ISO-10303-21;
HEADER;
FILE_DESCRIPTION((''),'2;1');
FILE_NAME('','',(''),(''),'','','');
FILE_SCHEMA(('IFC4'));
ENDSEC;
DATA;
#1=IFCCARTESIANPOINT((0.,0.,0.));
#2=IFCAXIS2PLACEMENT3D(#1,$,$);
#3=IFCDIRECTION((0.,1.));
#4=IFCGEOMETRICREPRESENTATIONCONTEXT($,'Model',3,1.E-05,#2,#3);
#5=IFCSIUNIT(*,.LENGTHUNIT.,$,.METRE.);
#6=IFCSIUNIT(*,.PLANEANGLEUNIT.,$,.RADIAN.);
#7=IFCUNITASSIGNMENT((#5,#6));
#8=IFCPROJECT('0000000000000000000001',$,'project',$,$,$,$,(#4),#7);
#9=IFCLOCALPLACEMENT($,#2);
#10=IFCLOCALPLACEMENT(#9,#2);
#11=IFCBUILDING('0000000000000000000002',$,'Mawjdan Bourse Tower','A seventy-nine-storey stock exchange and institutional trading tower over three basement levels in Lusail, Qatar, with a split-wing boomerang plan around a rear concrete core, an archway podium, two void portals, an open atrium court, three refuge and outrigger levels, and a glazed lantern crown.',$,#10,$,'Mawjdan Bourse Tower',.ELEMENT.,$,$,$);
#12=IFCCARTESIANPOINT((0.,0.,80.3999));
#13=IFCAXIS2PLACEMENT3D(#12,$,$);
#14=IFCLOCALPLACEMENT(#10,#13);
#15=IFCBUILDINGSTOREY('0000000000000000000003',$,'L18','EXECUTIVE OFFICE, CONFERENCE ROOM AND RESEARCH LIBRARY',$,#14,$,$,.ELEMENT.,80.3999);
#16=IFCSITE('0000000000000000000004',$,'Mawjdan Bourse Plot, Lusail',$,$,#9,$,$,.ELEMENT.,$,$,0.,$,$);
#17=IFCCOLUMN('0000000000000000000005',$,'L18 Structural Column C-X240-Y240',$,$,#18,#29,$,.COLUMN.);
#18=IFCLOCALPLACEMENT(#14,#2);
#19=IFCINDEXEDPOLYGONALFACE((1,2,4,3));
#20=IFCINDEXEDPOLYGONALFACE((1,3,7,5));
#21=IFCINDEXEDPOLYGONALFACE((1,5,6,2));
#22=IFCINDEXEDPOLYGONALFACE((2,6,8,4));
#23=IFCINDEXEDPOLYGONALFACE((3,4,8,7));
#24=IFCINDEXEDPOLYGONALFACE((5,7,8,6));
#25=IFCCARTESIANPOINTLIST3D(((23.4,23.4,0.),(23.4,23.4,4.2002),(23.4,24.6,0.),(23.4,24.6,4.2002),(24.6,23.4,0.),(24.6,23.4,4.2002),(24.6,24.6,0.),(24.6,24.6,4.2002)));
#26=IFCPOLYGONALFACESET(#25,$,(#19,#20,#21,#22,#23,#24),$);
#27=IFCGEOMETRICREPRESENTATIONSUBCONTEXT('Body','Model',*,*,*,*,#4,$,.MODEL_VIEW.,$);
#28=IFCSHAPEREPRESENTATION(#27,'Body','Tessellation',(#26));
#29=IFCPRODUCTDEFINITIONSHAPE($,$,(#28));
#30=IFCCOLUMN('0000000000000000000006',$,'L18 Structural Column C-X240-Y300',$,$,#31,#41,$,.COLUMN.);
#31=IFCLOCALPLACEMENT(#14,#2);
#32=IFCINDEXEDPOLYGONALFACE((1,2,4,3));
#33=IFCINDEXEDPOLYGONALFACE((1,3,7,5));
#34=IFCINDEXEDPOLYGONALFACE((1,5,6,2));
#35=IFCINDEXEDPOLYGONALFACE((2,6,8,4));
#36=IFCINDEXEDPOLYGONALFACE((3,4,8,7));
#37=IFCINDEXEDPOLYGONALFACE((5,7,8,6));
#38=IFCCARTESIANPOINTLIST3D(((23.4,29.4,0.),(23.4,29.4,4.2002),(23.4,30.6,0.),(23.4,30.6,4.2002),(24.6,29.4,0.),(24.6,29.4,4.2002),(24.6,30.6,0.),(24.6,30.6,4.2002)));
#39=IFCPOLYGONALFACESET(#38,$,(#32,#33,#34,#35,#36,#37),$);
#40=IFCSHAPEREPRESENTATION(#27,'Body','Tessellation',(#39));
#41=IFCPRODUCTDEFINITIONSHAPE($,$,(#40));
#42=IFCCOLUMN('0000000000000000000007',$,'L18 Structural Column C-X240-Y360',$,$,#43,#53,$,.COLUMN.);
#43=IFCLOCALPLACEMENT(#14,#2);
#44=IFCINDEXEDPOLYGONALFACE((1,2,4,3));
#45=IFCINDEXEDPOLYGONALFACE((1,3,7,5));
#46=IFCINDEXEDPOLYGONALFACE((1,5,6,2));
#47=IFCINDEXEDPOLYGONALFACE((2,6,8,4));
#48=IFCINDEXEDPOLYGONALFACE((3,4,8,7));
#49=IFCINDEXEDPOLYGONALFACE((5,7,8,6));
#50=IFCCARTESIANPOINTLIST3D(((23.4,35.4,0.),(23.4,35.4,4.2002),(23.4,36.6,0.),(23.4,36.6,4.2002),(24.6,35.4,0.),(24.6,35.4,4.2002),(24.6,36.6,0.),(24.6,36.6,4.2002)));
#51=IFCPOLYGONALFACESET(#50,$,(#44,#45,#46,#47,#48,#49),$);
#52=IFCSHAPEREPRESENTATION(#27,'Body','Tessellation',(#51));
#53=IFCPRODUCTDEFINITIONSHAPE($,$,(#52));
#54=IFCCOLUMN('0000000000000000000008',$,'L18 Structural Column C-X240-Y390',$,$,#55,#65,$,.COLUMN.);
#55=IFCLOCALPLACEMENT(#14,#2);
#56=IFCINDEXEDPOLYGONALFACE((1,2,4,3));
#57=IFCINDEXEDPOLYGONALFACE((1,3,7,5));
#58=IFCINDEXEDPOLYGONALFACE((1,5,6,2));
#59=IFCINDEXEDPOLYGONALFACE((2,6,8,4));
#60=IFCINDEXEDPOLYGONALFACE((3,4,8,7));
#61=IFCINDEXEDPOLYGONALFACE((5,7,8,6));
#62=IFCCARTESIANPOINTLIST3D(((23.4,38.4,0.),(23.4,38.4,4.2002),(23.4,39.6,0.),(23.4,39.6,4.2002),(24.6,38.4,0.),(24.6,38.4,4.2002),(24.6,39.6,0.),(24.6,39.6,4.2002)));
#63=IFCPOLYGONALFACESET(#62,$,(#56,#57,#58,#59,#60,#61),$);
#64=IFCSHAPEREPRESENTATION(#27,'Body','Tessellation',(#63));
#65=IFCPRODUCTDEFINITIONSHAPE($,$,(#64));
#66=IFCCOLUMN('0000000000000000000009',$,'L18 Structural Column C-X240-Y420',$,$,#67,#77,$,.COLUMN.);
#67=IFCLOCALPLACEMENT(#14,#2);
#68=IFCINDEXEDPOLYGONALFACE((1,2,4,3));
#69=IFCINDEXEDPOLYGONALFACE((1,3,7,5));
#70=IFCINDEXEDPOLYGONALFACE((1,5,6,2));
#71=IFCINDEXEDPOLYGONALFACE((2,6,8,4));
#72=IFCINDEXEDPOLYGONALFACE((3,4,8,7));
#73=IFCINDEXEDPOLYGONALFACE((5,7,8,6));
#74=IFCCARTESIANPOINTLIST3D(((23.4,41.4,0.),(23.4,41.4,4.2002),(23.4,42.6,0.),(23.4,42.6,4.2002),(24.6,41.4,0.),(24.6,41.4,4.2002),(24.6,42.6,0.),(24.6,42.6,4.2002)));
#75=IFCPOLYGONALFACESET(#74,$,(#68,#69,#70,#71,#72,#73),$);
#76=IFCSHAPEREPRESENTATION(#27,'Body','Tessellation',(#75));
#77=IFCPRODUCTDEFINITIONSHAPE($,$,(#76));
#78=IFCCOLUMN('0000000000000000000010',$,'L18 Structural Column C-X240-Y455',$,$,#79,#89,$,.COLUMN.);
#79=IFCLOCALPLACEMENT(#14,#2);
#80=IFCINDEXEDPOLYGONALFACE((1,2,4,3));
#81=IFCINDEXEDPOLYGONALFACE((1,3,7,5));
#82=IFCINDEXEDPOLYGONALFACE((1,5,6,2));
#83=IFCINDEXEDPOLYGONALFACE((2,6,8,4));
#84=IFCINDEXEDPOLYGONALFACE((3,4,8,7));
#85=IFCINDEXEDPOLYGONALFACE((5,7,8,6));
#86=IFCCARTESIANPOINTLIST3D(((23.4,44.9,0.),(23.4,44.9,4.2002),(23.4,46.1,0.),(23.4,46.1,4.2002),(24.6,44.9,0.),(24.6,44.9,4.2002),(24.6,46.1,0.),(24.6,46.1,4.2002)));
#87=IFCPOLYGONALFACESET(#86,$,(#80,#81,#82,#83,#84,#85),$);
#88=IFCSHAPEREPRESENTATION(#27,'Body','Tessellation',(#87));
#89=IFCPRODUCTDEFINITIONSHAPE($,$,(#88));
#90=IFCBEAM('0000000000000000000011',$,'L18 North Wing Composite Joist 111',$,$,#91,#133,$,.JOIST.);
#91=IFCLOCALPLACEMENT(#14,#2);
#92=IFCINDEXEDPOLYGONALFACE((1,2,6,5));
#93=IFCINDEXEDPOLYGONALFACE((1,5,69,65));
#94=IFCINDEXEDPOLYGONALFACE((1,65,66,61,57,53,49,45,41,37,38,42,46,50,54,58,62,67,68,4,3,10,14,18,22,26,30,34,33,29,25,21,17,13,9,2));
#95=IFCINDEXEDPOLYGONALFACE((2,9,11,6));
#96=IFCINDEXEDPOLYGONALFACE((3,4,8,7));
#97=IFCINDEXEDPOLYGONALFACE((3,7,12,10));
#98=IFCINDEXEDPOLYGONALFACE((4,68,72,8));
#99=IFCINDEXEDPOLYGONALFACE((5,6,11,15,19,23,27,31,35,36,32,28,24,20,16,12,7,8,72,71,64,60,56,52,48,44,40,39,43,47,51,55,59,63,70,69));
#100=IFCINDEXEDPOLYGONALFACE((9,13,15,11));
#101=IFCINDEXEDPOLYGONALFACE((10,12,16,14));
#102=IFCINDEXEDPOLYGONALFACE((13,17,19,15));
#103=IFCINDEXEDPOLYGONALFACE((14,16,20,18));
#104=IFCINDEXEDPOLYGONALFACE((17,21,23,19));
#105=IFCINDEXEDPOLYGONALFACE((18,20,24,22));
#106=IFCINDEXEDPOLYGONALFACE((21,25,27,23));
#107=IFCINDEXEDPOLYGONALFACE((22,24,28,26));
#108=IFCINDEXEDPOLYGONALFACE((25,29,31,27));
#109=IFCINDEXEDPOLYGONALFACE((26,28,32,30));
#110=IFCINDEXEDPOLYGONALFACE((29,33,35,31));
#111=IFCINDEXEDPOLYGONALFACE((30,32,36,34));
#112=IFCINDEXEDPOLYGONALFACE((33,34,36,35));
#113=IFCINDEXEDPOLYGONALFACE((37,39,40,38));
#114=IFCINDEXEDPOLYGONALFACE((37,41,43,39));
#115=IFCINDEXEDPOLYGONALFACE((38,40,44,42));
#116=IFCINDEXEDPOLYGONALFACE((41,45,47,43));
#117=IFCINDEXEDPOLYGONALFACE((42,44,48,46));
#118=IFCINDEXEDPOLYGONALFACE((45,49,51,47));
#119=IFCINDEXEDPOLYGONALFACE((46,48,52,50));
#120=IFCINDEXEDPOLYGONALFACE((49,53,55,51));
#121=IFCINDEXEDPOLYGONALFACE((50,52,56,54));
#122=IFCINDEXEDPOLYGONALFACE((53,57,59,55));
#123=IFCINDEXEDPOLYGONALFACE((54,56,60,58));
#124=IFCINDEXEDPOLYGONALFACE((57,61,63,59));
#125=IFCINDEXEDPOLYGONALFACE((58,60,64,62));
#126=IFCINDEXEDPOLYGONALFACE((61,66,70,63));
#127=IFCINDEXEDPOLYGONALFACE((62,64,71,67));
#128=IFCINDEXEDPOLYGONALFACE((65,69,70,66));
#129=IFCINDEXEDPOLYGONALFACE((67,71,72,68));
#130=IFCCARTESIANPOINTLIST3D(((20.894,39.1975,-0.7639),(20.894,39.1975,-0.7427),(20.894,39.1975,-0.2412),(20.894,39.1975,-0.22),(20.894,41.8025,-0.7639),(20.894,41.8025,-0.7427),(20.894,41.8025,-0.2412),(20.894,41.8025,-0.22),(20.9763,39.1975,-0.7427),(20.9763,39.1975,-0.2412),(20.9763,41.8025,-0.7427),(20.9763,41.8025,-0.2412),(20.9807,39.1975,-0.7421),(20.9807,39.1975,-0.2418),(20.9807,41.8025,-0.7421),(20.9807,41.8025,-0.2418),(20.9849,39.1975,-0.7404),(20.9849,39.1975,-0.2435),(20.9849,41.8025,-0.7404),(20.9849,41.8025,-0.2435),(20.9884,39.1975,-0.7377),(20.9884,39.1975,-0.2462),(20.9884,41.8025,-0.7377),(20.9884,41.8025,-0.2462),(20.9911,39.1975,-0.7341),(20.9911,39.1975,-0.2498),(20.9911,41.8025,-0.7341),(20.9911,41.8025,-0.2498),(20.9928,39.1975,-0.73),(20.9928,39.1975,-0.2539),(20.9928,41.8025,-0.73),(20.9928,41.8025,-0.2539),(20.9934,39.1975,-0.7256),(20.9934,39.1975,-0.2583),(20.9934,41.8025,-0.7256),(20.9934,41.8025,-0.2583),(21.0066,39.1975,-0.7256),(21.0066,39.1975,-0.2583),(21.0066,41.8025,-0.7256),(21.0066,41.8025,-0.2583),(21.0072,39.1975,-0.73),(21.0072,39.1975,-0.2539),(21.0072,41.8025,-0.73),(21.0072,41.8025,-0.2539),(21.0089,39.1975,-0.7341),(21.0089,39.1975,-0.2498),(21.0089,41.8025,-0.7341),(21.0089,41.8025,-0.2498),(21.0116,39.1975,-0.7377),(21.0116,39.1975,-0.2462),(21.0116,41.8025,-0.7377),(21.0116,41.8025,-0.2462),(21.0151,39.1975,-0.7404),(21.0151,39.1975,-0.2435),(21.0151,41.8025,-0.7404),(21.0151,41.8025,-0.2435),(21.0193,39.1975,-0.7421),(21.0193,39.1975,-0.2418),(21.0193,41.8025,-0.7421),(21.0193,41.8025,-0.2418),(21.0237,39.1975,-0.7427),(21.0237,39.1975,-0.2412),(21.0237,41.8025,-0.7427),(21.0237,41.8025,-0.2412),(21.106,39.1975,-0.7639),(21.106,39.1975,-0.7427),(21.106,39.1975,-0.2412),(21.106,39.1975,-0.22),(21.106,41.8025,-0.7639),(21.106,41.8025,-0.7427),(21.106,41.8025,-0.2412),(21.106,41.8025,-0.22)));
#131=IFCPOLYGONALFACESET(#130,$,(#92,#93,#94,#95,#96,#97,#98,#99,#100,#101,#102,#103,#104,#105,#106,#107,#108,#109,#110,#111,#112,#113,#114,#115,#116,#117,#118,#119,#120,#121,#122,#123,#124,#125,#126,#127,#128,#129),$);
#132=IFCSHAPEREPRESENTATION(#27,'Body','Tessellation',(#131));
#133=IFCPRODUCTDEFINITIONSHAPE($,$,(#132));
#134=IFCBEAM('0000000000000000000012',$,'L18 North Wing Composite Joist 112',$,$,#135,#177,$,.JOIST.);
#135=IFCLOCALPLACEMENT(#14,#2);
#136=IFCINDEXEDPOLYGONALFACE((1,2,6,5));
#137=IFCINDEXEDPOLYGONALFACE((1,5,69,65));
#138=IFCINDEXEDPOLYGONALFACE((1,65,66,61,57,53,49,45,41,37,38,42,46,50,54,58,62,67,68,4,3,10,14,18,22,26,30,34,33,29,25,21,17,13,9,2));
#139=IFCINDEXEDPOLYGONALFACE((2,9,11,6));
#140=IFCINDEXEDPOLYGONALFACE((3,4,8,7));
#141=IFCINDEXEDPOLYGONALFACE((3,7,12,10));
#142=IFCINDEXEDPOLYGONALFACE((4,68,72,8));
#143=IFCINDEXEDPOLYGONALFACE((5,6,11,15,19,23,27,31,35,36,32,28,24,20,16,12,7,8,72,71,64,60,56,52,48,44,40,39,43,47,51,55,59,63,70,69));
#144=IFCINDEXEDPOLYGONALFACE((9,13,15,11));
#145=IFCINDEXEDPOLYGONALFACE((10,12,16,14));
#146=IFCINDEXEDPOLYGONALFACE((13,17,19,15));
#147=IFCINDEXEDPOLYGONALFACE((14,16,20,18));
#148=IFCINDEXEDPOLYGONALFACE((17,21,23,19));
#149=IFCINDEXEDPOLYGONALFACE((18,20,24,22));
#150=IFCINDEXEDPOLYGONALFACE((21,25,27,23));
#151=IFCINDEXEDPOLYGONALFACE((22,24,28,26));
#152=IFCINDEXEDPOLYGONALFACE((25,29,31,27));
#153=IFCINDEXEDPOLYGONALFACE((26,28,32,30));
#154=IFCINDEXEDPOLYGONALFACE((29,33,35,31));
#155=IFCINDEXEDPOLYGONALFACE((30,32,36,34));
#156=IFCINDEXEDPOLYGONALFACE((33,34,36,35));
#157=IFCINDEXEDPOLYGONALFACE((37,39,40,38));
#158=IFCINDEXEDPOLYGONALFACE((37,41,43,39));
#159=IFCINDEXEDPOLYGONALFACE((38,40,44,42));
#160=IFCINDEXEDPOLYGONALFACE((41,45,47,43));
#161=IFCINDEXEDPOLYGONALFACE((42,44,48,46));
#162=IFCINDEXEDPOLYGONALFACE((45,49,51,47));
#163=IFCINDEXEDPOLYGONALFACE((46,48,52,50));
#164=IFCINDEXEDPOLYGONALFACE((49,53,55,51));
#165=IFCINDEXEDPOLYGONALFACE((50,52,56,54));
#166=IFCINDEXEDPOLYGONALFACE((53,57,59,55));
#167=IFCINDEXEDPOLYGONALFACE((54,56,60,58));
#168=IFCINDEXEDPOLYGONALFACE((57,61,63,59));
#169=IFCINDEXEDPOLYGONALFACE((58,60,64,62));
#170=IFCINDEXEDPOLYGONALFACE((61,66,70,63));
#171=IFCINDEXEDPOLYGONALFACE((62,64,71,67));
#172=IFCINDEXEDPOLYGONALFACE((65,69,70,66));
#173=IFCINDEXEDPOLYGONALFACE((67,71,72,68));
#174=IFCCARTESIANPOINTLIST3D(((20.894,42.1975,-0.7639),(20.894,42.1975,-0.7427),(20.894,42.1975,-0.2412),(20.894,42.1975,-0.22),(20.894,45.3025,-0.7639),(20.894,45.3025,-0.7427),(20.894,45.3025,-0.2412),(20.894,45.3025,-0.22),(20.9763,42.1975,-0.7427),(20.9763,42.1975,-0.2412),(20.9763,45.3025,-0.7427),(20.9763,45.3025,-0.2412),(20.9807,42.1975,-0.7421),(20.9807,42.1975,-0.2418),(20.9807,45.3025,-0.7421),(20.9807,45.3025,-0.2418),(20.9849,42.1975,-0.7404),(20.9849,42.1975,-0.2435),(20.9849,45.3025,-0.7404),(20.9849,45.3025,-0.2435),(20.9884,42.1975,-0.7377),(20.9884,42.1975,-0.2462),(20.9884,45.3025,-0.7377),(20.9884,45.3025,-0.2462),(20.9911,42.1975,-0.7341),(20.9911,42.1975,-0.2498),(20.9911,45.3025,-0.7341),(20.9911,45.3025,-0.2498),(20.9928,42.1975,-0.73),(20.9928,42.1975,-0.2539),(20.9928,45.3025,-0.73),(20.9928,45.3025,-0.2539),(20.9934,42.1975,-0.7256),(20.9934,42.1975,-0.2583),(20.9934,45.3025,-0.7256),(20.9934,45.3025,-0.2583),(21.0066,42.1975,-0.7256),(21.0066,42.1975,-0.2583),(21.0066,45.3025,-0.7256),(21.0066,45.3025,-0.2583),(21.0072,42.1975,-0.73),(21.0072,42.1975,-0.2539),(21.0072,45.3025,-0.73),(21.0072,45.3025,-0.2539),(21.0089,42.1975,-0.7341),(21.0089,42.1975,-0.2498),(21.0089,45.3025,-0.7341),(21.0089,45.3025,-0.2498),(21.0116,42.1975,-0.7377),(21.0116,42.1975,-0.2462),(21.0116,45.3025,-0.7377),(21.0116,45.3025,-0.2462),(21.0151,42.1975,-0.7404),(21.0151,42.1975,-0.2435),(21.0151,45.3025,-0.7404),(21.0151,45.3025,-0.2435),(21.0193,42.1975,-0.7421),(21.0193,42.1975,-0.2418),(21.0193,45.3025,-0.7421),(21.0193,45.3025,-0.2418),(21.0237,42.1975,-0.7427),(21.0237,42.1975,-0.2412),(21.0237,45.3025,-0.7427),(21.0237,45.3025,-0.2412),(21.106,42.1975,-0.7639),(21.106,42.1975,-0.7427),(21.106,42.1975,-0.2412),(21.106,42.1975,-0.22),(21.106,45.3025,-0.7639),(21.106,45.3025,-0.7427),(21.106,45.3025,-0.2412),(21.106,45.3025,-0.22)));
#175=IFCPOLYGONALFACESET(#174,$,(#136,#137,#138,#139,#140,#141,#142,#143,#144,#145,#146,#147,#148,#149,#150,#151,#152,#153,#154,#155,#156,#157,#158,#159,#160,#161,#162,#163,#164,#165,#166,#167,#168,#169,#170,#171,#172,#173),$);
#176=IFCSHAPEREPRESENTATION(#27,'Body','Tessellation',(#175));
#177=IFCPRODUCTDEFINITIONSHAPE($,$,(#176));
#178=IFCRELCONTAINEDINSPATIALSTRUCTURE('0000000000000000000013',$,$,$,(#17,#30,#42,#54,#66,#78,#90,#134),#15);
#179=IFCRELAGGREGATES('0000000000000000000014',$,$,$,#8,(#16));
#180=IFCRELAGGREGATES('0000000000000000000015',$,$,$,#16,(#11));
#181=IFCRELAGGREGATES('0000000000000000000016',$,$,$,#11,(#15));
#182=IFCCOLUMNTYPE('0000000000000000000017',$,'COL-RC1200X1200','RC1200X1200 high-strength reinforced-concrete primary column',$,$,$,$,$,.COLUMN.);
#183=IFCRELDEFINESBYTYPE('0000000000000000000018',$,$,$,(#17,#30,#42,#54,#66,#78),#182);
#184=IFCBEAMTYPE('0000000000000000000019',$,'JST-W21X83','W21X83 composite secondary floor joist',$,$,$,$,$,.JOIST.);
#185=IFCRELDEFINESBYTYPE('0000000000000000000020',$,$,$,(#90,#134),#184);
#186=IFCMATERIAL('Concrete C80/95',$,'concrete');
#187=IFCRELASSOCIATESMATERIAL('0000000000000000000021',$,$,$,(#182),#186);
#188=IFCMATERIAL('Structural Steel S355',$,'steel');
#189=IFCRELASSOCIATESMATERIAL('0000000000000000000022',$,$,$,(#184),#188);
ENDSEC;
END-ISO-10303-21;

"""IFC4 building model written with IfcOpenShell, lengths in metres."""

from ifc_helpers import new_model, si_unit, direction, frame, origin, origin_2d, place, context, subcontext, project, spatial, rectangle, i_section, extrude, material, material_profile, profile_set, type_object, element, save


model = new_model("IFC4")

# Units and contexts
model_context = context("Model", 3, precision=1e-05, world=origin(), true_north=direction((0.0, 1.0)))
body_context = subcontext(model_context, "Body", "Model", "MODEL_VIEW")
ifc_project = project(units=[si_unit("LENGTHUNIT", "METRE"), si_unit("PLANEANGLEUNIT", "RADIAN")], contexts=[model_context])

# Site, building, storey
site_placement = place(None, origin())
site = spatial("IfcSite", under=ifc_project, at=site_placement, Name="Mawjdan Bourse Plot, Lusail", CompositionType="ELEMENT", RefElevation=0.0)
building_placement = place(site_placement, origin())
building = spatial("IfcBuilding", under=site, at=building_placement, Name="Mawjdan Bourse Tower", Description="A seventy-nine-storey stock exchange and institutional trading tower over three basement levels in Lusail, Qatar, with a split-wing boomerang plan around a rear concrete core, an archway podium, two void portals, an open atrium court, three refuge and outrigger levels, and a glazed lantern crown.", LongName="Mawjdan Bourse Tower", CompositionType="ELEMENT")
storey_placement = place(building_placement, frame((0.0, 0.0, 80.3999)))
storey = spatial("IfcBuildingStorey", under=building, at=storey_placement, Name="L18", Description="EXECUTIVE OFFICE, CONFERENCE ROOM AND RESEARCH LIBRARY", CompositionType="ELEMENT", Elevation=80.3999)

# Columns
ifc_material_1 = material(Name="Concrete C80/95", Category="concrete")
ifc_material_profile_1 = material_profile(ifc_material_1, rectangle(XDim=1.2, YDim=1.2, at=origin_2d()), Name="RC1200X1200")
ifc_profile_set_1 = profile_set([ifc_material_profile_1], Name="Concrete C80/95")
column_type = type_object("IfcColumnType", Name="COL-RC1200X1200", Description="RC1200X1200 high-strength reinforced-concrete primary column", PredefinedType="COLUMN", material=ifc_profile_set_1)
for number, where, z_axis, x_axis, name in (
    (1, (24.0, 24.0, 0.0), (0.0, 0.0, 1.0), (1.0, 0.0, 0.0), "L18 Structural Column C-X240-Y240"),
    (2, (24.0, 30.0, 0.0), (0.0, 0.0, 1.0), (1.0, 0.0, 0.0), "L18 Structural Column C-X240-Y300"),
    (3, (24.0, 36.0, 0.0), (0.0, 0.0, 1.0), (1.0, 0.0, 0.0), "L18 Structural Column C-X240-Y360"),
    (4, (24.0, 39.0, 0.0), (0.0, 0.0, 1.0), (1.0, 0.0, 0.0), "L18 Structural Column C-X240-Y390"),
    (5, (24.0, 42.0, 0.0), (0.0, 0.0, 1.0), (1.0, 0.0, 0.0), "L18 Structural Column C-X240-Y420"),
    (6, (24.0, 45.5, 0.0), (0.0, 0.0, 1.0), (1.0, 0.0, 0.0), "L18 Structural Column C-X240-Y455"),
):
    element("IfcColumn", number, at=place(storey_placement, frame(where, z_axis=z_axis, x_axis=x_axis)), inside=storey, type_object=column_type, Name=name, PredefinedType="COLUMN", context=body_context, shape_type="SweptSolid", body=[
        extrude(rectangle(XDim=1.2, YDim=1.2, at=origin_2d()), origin(), (0.0, 0.0, 1.0), 4.2002),
    ])

# Beams
ifc_material_2 = material(Name="Structural Steel S355", Category="steel")
ifc_material_profile_2 = material_profile(ifc_material_2, i_section(OverallWidth=0.2119, OverallDepth=0.5439, WebThickness=0.0132, FlangeThickness=0.0212, FilletRadius=0.0171, at=origin_2d()), Name="W21X83")
ifc_profile_set_2 = profile_set([ifc_material_profile_2], Name="Structural Steel S355")
beam_type_1 = type_object("IfcBeamType", Name="JST-W21X83", Description="W21X83 composite secondary floor joist", PredefinedType="JOIST", material=ifc_profile_set_2)
beam_1_placement = place(storey_placement, frame((21.0, 39.1975, -0.4919), z_axis=(0.0, 1.0, 0.0), x_axis=(-1.0, 0.0, 0.0)))
element("IfcBeam", 7, at=beam_1_placement, inside=storey, type_object=beam_type_1, Name="L18 North Wing Composite Joist 111", PredefinedType="JOIST", context=body_context, shape_type="SweptSolid", body=[
    extrude(i_section(OverallWidth=0.2119, OverallDepth=0.5439, WebThickness=0.0132, FlangeThickness=0.0212, FilletRadius=0.0171, at=origin_2d()), origin(), (0.0, 0.0, 1.0), 2.605),
])
beam_2_placement = place(storey_placement, frame((21.0, 42.1975, -0.4919), z_axis=(0.0, 1.0, 0.0), x_axis=(-1.0, 0.0, 0.0)))
element("IfcBeam", 8, at=beam_2_placement, inside=storey, type_object=beam_type_1, Name="L18 North Wing Composite Joist 112", PredefinedType="JOIST", context=body_context, shape_type="SweptSolid", body=[
    extrude(i_section(OverallWidth=0.2119, OverallDepth=0.5439, WebThickness=0.0132, FlangeThickness=0.0212, FilletRadius=0.0171, at=origin_2d()), origin(), (0.0, 0.0, 1.0), 3.105),
])

save(model, "model.ifc")
